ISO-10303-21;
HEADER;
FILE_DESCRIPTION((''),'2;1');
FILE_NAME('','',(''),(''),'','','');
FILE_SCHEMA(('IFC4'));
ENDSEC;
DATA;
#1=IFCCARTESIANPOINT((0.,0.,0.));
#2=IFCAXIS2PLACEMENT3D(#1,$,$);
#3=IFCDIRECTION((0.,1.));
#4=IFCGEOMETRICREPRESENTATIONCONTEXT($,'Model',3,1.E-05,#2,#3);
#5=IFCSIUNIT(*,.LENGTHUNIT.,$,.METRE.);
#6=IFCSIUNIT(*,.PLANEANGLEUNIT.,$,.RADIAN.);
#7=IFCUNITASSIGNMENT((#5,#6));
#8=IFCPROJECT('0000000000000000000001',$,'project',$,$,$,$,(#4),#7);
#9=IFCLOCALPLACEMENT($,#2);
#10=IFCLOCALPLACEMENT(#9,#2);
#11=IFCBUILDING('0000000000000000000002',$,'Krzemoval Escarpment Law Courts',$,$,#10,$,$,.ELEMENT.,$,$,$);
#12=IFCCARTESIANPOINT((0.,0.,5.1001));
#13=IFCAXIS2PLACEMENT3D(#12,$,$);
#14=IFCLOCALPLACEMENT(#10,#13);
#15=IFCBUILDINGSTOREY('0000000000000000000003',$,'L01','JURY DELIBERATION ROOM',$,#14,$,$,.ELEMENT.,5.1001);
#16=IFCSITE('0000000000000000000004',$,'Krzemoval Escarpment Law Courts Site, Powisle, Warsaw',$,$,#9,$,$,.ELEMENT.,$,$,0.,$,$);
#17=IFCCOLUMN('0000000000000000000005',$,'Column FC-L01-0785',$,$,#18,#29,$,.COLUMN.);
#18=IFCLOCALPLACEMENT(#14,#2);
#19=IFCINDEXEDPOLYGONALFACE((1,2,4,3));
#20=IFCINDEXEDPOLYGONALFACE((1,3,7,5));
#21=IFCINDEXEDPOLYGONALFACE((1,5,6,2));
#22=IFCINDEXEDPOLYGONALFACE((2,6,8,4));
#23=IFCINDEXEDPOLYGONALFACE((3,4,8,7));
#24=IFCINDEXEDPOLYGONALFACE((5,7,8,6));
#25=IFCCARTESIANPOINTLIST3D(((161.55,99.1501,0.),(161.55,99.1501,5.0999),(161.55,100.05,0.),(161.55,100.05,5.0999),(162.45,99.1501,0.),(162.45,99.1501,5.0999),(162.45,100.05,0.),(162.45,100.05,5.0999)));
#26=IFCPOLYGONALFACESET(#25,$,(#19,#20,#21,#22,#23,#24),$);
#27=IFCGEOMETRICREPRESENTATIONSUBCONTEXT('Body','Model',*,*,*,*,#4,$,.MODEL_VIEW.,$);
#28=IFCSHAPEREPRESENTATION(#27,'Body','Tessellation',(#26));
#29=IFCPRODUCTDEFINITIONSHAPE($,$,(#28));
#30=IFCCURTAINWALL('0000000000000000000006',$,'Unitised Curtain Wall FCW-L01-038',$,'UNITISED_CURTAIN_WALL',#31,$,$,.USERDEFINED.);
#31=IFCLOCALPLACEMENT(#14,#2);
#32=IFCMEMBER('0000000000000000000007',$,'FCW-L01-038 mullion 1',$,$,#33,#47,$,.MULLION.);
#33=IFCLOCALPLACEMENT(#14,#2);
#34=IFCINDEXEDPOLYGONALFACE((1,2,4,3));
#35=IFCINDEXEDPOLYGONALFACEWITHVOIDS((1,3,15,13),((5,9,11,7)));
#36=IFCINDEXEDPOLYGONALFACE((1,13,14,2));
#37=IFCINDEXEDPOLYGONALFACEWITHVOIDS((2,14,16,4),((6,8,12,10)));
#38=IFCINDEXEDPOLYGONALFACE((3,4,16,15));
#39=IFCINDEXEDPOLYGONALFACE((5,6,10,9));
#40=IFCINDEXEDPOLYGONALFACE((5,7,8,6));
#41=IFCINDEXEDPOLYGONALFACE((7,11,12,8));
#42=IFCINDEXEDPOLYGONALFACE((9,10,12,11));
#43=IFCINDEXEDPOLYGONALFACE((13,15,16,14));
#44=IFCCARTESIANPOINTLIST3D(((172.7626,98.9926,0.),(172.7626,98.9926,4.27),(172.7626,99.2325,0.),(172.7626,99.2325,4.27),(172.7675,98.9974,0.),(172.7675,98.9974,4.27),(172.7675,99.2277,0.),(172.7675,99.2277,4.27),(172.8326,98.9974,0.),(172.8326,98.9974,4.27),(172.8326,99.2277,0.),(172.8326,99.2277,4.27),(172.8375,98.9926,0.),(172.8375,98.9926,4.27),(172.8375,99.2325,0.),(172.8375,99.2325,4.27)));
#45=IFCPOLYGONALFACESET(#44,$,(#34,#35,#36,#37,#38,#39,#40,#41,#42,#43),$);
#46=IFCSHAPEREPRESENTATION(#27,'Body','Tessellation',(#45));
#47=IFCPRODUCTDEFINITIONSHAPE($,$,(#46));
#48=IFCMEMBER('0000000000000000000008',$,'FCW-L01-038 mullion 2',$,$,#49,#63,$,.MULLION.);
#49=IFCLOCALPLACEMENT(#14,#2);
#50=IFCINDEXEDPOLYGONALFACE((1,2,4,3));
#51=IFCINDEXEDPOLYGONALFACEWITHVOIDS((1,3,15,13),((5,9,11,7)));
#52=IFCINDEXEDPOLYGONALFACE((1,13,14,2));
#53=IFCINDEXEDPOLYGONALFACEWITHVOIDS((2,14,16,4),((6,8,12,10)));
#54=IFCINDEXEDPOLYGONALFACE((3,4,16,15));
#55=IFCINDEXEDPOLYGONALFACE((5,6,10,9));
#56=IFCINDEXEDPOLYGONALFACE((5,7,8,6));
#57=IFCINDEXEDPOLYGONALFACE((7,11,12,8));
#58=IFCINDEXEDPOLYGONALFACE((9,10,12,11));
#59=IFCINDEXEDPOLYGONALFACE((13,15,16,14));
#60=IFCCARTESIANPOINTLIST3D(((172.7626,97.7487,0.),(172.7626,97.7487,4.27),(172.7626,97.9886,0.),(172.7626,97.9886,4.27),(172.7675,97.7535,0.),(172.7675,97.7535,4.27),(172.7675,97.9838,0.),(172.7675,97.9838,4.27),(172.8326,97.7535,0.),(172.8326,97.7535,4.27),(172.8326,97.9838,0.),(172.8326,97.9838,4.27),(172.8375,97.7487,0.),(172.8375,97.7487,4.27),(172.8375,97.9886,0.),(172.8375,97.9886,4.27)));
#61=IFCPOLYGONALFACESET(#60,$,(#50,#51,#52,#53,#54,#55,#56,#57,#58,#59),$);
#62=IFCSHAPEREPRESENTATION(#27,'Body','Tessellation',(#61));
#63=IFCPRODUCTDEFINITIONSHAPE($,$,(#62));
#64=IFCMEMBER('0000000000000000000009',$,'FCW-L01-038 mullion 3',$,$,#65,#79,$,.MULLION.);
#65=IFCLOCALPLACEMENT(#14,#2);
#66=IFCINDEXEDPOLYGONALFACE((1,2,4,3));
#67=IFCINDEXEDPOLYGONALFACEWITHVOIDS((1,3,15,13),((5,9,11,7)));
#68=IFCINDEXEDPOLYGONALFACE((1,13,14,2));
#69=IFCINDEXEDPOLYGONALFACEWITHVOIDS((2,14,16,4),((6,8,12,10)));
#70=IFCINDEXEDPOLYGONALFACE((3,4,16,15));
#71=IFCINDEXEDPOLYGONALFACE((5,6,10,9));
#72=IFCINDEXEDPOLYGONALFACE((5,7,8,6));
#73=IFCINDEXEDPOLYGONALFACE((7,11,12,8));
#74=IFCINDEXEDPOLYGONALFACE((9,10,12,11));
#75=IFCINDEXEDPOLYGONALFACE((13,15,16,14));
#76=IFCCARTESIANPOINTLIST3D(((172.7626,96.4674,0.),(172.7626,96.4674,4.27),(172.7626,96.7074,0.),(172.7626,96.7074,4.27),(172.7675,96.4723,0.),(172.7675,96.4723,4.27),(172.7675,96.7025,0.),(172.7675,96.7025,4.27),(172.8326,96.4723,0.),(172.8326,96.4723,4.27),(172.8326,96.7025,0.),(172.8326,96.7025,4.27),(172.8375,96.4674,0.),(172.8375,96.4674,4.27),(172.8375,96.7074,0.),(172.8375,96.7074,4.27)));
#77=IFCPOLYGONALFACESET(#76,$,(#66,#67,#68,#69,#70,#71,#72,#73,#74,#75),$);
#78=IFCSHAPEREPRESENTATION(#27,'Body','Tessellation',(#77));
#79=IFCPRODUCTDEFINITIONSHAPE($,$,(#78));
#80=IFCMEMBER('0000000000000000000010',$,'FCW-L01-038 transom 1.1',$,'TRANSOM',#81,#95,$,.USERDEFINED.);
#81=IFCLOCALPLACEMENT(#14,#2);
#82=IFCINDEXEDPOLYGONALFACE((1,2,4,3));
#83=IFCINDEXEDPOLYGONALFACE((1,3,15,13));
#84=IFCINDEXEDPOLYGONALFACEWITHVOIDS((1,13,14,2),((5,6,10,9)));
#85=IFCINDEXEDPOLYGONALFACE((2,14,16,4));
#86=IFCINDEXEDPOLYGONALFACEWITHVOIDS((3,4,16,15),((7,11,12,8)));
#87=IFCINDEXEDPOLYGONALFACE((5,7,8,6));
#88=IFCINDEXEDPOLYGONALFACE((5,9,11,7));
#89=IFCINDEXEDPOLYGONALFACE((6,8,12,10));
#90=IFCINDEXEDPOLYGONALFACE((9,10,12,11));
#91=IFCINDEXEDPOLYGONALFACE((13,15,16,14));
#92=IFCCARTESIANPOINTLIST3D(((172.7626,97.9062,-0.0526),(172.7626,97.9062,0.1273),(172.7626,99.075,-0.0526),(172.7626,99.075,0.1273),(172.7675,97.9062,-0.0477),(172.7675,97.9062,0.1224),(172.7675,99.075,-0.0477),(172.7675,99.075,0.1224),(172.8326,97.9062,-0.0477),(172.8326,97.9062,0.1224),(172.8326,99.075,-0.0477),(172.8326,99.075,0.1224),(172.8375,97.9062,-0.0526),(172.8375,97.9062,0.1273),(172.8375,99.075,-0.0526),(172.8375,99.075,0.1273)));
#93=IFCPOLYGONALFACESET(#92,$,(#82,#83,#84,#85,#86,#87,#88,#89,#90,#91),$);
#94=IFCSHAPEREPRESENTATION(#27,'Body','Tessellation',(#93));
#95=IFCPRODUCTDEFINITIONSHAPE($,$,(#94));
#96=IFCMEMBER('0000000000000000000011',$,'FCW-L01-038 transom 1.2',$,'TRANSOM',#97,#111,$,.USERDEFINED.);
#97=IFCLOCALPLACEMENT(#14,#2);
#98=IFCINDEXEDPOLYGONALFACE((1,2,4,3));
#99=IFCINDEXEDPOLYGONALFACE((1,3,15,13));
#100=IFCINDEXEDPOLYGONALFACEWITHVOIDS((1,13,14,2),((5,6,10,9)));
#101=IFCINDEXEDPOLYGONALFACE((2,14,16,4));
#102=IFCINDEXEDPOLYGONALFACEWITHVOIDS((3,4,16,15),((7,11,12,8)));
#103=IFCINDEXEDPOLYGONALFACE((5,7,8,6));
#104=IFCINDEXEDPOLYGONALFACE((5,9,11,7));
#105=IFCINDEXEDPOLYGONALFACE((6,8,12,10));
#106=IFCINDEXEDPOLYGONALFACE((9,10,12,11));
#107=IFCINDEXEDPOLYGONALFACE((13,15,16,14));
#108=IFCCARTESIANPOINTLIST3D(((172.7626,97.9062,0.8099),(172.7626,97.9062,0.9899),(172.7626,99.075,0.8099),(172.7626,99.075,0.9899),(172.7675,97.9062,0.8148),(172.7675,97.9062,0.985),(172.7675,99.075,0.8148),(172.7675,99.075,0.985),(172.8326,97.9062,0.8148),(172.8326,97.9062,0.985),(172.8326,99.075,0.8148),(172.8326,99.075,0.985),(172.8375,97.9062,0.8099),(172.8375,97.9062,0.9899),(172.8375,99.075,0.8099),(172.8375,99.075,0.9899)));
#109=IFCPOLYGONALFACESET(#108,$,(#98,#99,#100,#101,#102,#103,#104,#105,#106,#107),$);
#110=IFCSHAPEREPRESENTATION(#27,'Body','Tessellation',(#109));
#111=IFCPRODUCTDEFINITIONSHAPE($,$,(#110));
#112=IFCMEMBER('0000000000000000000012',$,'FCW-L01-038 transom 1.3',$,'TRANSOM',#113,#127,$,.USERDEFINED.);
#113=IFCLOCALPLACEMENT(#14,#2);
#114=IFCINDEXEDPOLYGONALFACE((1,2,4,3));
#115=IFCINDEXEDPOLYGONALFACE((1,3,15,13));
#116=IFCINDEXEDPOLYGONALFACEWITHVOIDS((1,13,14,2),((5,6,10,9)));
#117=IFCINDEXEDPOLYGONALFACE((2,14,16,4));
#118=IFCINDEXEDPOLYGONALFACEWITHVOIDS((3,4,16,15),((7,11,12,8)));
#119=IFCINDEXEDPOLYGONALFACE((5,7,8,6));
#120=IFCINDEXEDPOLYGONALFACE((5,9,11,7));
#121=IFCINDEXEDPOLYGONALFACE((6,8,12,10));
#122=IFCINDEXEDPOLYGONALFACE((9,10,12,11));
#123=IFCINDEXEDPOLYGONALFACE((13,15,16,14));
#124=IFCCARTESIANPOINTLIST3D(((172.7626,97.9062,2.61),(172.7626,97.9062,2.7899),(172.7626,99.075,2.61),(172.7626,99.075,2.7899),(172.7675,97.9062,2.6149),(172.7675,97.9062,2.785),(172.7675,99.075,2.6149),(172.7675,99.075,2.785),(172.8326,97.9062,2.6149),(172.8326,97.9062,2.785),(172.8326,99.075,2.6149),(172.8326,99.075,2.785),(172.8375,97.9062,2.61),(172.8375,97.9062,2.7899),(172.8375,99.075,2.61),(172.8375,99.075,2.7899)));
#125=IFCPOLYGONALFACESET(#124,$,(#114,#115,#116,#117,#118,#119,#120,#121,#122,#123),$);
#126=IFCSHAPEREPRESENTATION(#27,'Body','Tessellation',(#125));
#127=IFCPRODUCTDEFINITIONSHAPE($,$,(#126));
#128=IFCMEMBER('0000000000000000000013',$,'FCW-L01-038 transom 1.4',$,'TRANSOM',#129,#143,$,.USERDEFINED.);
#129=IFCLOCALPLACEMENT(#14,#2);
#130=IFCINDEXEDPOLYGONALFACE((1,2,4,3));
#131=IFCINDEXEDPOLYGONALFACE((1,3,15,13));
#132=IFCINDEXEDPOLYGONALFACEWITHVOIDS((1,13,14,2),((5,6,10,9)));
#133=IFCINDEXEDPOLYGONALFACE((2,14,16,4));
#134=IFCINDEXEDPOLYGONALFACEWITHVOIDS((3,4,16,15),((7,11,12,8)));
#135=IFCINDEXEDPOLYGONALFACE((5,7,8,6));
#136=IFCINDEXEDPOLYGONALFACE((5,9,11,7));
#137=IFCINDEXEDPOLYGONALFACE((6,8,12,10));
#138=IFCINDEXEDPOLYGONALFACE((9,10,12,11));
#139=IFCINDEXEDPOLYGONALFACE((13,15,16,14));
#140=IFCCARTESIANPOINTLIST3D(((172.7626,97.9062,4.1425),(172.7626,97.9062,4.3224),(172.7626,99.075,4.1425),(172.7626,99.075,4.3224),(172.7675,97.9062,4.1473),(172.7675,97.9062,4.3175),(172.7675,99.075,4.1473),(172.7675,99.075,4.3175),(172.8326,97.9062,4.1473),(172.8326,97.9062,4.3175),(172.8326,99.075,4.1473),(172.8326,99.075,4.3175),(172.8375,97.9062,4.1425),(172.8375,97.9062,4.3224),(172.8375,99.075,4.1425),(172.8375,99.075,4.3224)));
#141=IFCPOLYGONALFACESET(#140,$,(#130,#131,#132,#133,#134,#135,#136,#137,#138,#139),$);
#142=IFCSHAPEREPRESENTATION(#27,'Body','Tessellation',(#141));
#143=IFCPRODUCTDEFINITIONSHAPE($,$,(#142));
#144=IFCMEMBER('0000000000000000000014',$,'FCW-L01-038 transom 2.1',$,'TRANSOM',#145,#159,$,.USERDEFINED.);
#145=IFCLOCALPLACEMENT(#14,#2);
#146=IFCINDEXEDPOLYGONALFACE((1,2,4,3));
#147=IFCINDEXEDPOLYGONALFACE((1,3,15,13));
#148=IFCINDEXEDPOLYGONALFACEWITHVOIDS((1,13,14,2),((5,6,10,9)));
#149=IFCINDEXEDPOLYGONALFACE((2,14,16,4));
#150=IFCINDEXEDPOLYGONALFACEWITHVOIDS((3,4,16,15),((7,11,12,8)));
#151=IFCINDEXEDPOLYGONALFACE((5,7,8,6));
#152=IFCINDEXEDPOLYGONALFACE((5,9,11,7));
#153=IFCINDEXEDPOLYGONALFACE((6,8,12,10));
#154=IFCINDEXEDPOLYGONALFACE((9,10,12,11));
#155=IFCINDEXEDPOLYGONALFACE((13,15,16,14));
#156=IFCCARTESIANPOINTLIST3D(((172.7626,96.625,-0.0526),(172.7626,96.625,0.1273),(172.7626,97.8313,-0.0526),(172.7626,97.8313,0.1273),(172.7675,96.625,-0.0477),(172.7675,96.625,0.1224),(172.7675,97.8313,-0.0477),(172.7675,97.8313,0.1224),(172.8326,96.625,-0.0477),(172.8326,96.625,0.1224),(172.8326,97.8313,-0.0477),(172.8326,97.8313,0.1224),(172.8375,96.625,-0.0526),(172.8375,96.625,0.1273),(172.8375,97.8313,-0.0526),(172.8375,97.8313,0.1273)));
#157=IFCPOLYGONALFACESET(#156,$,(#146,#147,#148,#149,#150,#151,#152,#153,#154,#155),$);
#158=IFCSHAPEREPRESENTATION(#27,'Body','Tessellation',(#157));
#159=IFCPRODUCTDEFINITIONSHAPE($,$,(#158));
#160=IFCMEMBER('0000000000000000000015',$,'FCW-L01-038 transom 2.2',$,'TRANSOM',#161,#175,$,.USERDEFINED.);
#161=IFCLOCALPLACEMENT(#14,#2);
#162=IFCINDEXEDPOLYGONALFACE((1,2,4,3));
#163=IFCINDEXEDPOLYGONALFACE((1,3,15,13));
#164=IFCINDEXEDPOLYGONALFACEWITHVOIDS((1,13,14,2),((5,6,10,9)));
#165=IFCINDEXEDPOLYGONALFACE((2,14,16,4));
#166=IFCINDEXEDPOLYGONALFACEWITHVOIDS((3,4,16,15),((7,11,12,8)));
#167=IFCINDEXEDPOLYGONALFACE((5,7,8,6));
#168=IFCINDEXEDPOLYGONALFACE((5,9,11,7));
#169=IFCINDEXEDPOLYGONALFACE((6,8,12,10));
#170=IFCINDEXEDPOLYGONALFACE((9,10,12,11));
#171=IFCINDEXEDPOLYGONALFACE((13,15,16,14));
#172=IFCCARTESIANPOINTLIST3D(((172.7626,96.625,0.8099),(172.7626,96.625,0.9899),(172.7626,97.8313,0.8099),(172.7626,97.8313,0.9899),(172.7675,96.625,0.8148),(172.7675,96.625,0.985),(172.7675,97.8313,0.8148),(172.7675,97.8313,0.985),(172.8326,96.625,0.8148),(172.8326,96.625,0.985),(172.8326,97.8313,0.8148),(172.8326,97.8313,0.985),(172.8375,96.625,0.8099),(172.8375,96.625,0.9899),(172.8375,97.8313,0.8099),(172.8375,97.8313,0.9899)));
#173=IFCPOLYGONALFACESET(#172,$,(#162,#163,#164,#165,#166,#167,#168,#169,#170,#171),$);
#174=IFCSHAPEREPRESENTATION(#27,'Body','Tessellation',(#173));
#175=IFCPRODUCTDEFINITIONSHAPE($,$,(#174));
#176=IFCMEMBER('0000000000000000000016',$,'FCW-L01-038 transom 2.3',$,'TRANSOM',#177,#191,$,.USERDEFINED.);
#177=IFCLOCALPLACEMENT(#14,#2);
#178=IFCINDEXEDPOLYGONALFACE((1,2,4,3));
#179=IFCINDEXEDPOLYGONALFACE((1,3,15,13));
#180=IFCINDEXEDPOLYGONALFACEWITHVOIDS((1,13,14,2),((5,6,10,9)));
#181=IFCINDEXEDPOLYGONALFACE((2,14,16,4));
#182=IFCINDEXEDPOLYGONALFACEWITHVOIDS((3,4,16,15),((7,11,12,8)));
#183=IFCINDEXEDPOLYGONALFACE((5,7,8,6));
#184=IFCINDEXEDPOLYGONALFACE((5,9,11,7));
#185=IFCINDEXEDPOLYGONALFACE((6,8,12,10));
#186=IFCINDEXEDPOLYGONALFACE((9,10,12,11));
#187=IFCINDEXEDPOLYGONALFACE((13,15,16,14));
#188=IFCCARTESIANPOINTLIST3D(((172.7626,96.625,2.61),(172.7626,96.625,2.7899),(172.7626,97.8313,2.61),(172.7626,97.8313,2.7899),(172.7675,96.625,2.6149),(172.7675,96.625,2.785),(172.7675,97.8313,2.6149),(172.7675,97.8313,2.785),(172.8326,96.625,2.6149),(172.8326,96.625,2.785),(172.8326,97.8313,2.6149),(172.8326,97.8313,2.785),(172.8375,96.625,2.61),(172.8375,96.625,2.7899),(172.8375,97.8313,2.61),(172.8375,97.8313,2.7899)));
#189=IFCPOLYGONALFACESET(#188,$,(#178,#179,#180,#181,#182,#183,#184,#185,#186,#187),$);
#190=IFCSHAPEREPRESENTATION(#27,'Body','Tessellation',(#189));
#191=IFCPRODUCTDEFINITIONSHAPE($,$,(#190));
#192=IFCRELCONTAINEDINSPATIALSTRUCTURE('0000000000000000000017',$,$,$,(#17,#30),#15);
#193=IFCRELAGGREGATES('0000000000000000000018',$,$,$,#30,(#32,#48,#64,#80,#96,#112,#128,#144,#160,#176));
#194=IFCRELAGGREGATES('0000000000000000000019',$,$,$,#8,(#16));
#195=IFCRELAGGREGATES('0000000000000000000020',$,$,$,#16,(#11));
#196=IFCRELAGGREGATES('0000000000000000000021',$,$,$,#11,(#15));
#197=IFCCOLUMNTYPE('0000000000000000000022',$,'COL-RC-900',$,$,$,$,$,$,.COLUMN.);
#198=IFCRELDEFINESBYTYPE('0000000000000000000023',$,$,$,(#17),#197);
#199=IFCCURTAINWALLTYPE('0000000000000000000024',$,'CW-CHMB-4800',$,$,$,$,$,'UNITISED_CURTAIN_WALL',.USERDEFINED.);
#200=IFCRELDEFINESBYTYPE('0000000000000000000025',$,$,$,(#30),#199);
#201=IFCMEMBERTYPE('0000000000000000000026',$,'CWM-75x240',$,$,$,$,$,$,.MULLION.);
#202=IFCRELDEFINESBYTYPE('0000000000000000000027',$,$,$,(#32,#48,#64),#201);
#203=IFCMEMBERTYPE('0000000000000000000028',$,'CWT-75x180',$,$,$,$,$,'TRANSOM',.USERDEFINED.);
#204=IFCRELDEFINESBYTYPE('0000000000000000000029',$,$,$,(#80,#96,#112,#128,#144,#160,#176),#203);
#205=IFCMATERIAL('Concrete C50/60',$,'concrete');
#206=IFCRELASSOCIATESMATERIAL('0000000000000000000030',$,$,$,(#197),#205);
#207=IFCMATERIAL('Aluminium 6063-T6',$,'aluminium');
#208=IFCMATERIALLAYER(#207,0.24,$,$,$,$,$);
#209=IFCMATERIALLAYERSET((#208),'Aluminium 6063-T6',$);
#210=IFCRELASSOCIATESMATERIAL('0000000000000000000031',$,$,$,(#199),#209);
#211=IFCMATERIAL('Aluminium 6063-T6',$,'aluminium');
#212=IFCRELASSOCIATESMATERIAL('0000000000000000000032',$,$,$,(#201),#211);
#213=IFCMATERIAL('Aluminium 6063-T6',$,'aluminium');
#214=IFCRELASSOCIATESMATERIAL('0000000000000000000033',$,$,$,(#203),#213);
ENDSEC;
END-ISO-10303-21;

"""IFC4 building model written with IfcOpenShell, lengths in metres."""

from ifc_helpers import new_model, si_unit, direction, frame, origin, origin_2d, place, context, subcontext, project, spatial, rectangle, hollow_rectangle, extrude, material, layer, layer_set, material_profile, profile_set, type_object, element, aggregate, save


model = new_model("IFC4")

# Units and contexts
model_context = context("Model", 3, precision=1e-05, world=origin(), true_north=direction((0.0, 1.0)))
body_context = subcontext(model_context, "Body", "Model", "MODEL_VIEW")
ifc_project = project(units=[si_unit("LENGTHUNIT", "METRE"), si_unit("PLANEANGLEUNIT", "RADIAN")], contexts=[model_context])

# Site, building, storey
site_placement = place(None, origin())
site = spatial("IfcSite", under=ifc_project, at=site_placement, Name="Krzemoval Escarpment Law Courts Site, Powisle, Warsaw", CompositionType="ELEMENT", RefElevation=0.0)
building_placement = place(site_placement, origin())
building = spatial("IfcBuilding", under=site, at=building_placement, Name="Krzemoval Escarpment Law Courts", CompositionType="ELEMENT")
storey_placement = place(building_placement, frame((0.0, 0.0, 5.1001)))
storey = spatial("IfcBuildingStorey", under=building, at=storey_placement, Name="L01", Description="JURY DELIBERATION ROOM", CompositionType="ELEMENT", Elevation=5.1001)

# Column
ifc_material_1 = material(Name="Concrete C50/60", Category="concrete")
ifc_material_profile_1 = material_profile(ifc_material_1, rectangle(XDim=0.8999, YDim=0.8999, at=origin_2d()), Name="RC 900x900")
ifc_profile_set_1 = profile_set([ifc_material_profile_1], Name="Concrete C50/60")
column_type = type_object("IfcColumnType", Name="COL-RC-900", PredefinedType="COLUMN", material=ifc_profile_set_1)
column_placement = place(storey_placement, frame((162.0, 99.6001, 0.0), z_axis=(0.0, 0.0, 1.0), x_axis=(1.0, 0.0, 0.0)))
element("IfcColumn", 1, at=column_placement, inside=storey, type_object=column_type, Name="Column FC-L01-0785", PredefinedType="COLUMN", context=body_context, shape_type="SweptSolid", body=[
    extrude(rectangle(XDim=0.8999, YDim=0.8999, at=origin_2d()), origin(), (0.0, 0.0, 1.0), 5.0999),
])

# Curtain wall, members
ifc_material_2 = material(Name="Aluminium 6063-T6", Category="aluminium")
ifc_layer_1 = layer(ifc_material_2, 0.24)
ifc_layer_set_1 = layer_set([ifc_layer_1], Name="Aluminium 6063-T6")
curtain_wall_type = type_object("IfcCurtainWallType", Name="CW-CHMB-4800", ElementType="UNITISED_CURTAIN_WALL", PredefinedType="USERDEFINED", material=ifc_layer_set_1)
curtain_wall_placement = place(storey_placement, origin())
curtain_wall = element("IfcCurtainWall", 2, at=curtain_wall_placement, inside=storey, type_object=curtain_wall_type, Name="Unitised Curtain Wall FCW-L01-038", ObjectType="UNITISED_CURTAIN_WALL", PredefinedType="USERDEFINED")
ifc_material_3 = material(Name="Aluminium 6063-T6", Category="aluminium")
ifc_material_profile_2 = material_profile(ifc_material_3, hollow_rectangle(XDim=0.075, YDim=0.24, WallThickness=0.0049, at=origin_2d()), Name="ALU M75x240")
ifc_profile_set_2 = profile_set([ifc_material_profile_2], Name="Aluminium 6063-T6")
member_type_1 = type_object("IfcMemberType", Name="CWM-75x240", PredefinedType="MULLION", material=ifc_profile_set_2)
member_1_placement = place(storey_placement, frame((172.8, 99.1125, 0.0), z_axis=(0.0, 0.0, 1.0), x_axis=(1.0, 0.0, 0.0)))
member_1 = element("IfcMember", 3, at=member_1_placement, type_object=member_type_1, Name="FCW-L01-038 mullion 1", PredefinedType="MULLION", context=body_context, shape_type="SweptSolid", body=[
    extrude(hollow_rectangle(XDim=0.075, YDim=0.24, WallThickness=0.0049, at=origin_2d()), origin(), (0.0, 0.0, 1.0), 4.27),
])
member_2_placement = place(storey_placement, frame((172.8, 97.8687, 0.0), z_axis=(0.0, 0.0, 1.0), x_axis=(1.0, 0.0, 0.0)))
member_2 = element("IfcMember", 4, at=member_2_placement, type_object=member_type_1, Name="FCW-L01-038 mullion 2", PredefinedType="MULLION", context=body_context, shape_type="SweptSolid", body=[
    extrude(hollow_rectangle(XDim=0.075, YDim=0.24, WallThickness=0.0049, at=origin_2d()), origin(), (0.0, 0.0, 1.0), 4.27),
])
member_3_placement = place(storey_placement, frame((172.8, 96.5874, 0.0), z_axis=(0.0, 0.0, 1.0), x_axis=(1.0, 0.0, 0.0)))
member_3 = element("IfcMember", 5, at=member_3_placement, type_object=member_type_1, Name="FCW-L01-038 mullion 3", PredefinedType="MULLION", context=body_context, shape_type="SweptSolid", body=[
    extrude(hollow_rectangle(XDim=0.075, YDim=0.24, WallThickness=0.0049, at=origin_2d()), origin(), (0.0, 0.0, 1.0), 4.27),
])
ifc_material_4 = material(Name="Aluminium 6063-T6", Category="aluminium")
ifc_material_profile_3 = material_profile(ifc_material_4, hollow_rectangle(XDim=0.075, YDim=0.1799, WallThickness=0.0049, at=origin_2d()), Name="ALU T75x180")
ifc_profile_set_3 = profile_set([ifc_material_profile_3], Name="Aluminium 6063-T6")
member_type_2 = type_object("IfcMemberType", Name="CWT-75x180", ElementType="TRANSOM", PredefinedType="USERDEFINED", material=ifc_profile_set_3)
member_4_placement = place(storey_placement, frame((172.8, 99.075, 0.0374), z_axis=(0.0, -1.0, 0.0), x_axis=(1.0, 0.0, 0.0)))
member_4 = element("IfcMember", 6, at=member_4_placement, type_object=member_type_2, Name="FCW-L01-038 transom 1.1", ObjectType="TRANSOM", PredefinedType="USERDEFINED", context=body_context, shape_type="SweptSolid", body=[
    extrude(hollow_rectangle(XDim=0.075, YDim=0.1799, WallThickness=0.0049, at=origin_2d()), origin(), (0.0, 0.0, 1.0), 1.1687),
])
member_5_placement = place(storey_placement, frame((172.8, 99.075, 0.8999), z_axis=(0.0, -1.0, 0.0), x_axis=(1.0, 0.0, 0.0)))
member_5 = element("IfcMember", 7, at=member_5_placement, type_object=member_type_2, Name="FCW-L01-038 transom 1.2", ObjectType="TRANSOM", PredefinedType="USERDEFINED", context=body_context, shape_type="SweptSolid", body=[
    extrude(hollow_rectangle(XDim=0.075, YDim=0.1799, WallThickness=0.0049, at=origin_2d()), origin(), (0.0, 0.0, 1.0), 1.1687),
])
member_6_placement = place(storey_placement, frame((172.8, 99.075, 2.7), z_axis=(0.0, -1.0, 0.0), x_axis=(1.0, 0.0, 0.0)))
member_6 = element("IfcMember", 8, at=member_6_placement, type_object=member_type_2, Name="FCW-L01-038 transom 1.3", ObjectType="TRANSOM", PredefinedType="USERDEFINED", context=body_context, shape_type="SweptSolid", body=[
    extrude(hollow_rectangle(XDim=0.075, YDim=0.1799, WallThickness=0.0049, at=origin_2d()), origin(), (0.0, 0.0, 1.0), 1.1687),
])
member_7_placement = place(storey_placement, frame((172.8, 99.075, 4.2324), z_axis=(0.0, -1.0, 0.0), x_axis=(1.0, 0.0, 0.0)))
member_7 = element("IfcMember", 9, at=member_7_placement, type_object=member_type_2, Name="FCW-L01-038 transom 1.4", ObjectType="TRANSOM", PredefinedType="USERDEFINED", context=body_context, shape_type="SweptSolid", body=[
    extrude(hollow_rectangle(XDim=0.075, YDim=0.1799, WallThickness=0.0049, at=origin_2d()), origin(), (0.0, 0.0, 1.0), 1.1687),
])
member_8_placement = place(storey_placement, frame((172.8, 97.8313, 0.0374), z_axis=(0.0, -1.0, 0.0), x_axis=(1.0, 0.0, 0.0)))
member_8 = element("IfcMember", 10, at=member_8_placement, type_object=member_type_2, Name="FCW-L01-038 transom 2.1", ObjectType="TRANSOM", PredefinedType="USERDEFINED", context=body_context, shape_type="SweptSolid", body=[
    extrude(hollow_rectangle(XDim=0.075, YDim=0.1799, WallThickness=0.0049, at=origin_2d()), origin(), (0.0, 0.0, 1.0), 1.2063),
])
member_9_placement = place(storey_placement, frame((172.8, 97.8313, 0.8999), z_axis=(0.0, -1.0, 0.0), x_axis=(1.0, 0.0, 0.0)))
member_9 = element("IfcMember", 11, at=member_9_placement, type_object=member_type_2, Name="FCW-L01-038 transom 2.2", ObjectType="TRANSOM", PredefinedType="USERDEFINED", context=body_context, shape_type="SweptSolid", body=[
    extrude(hollow_rectangle(XDim=0.075, YDim=0.1799, WallThickness=0.0049, at=origin_2d()), origin(), (0.0, 0.0, 1.0), 1.2063),
])
member_10_placement = place(storey_placement, frame((172.8, 97.8313, 2.7), z_axis=(0.0, -1.0, 0.0), x_axis=(1.0, 0.0, 0.0)))
member_10 = element("IfcMember", 12, at=member_10_placement, type_object=member_type_2, Name="FCW-L01-038 transom 2.3", ObjectType="TRANSOM", PredefinedType="USERDEFINED", context=body_context, shape_type="SweptSolid", body=[
    extrude(hollow_rectangle(XDim=0.075, YDim=0.1799, WallThickness=0.0049, at=origin_2d()), origin(), (0.0, 0.0, 1.0), 1.2063),
])

aggregate(curtain_wall, [member_1, member_2, member_3, member_4, member_5, member_6, member_7, member_8, member_9, member_10])

save(model, "model.ifc")
